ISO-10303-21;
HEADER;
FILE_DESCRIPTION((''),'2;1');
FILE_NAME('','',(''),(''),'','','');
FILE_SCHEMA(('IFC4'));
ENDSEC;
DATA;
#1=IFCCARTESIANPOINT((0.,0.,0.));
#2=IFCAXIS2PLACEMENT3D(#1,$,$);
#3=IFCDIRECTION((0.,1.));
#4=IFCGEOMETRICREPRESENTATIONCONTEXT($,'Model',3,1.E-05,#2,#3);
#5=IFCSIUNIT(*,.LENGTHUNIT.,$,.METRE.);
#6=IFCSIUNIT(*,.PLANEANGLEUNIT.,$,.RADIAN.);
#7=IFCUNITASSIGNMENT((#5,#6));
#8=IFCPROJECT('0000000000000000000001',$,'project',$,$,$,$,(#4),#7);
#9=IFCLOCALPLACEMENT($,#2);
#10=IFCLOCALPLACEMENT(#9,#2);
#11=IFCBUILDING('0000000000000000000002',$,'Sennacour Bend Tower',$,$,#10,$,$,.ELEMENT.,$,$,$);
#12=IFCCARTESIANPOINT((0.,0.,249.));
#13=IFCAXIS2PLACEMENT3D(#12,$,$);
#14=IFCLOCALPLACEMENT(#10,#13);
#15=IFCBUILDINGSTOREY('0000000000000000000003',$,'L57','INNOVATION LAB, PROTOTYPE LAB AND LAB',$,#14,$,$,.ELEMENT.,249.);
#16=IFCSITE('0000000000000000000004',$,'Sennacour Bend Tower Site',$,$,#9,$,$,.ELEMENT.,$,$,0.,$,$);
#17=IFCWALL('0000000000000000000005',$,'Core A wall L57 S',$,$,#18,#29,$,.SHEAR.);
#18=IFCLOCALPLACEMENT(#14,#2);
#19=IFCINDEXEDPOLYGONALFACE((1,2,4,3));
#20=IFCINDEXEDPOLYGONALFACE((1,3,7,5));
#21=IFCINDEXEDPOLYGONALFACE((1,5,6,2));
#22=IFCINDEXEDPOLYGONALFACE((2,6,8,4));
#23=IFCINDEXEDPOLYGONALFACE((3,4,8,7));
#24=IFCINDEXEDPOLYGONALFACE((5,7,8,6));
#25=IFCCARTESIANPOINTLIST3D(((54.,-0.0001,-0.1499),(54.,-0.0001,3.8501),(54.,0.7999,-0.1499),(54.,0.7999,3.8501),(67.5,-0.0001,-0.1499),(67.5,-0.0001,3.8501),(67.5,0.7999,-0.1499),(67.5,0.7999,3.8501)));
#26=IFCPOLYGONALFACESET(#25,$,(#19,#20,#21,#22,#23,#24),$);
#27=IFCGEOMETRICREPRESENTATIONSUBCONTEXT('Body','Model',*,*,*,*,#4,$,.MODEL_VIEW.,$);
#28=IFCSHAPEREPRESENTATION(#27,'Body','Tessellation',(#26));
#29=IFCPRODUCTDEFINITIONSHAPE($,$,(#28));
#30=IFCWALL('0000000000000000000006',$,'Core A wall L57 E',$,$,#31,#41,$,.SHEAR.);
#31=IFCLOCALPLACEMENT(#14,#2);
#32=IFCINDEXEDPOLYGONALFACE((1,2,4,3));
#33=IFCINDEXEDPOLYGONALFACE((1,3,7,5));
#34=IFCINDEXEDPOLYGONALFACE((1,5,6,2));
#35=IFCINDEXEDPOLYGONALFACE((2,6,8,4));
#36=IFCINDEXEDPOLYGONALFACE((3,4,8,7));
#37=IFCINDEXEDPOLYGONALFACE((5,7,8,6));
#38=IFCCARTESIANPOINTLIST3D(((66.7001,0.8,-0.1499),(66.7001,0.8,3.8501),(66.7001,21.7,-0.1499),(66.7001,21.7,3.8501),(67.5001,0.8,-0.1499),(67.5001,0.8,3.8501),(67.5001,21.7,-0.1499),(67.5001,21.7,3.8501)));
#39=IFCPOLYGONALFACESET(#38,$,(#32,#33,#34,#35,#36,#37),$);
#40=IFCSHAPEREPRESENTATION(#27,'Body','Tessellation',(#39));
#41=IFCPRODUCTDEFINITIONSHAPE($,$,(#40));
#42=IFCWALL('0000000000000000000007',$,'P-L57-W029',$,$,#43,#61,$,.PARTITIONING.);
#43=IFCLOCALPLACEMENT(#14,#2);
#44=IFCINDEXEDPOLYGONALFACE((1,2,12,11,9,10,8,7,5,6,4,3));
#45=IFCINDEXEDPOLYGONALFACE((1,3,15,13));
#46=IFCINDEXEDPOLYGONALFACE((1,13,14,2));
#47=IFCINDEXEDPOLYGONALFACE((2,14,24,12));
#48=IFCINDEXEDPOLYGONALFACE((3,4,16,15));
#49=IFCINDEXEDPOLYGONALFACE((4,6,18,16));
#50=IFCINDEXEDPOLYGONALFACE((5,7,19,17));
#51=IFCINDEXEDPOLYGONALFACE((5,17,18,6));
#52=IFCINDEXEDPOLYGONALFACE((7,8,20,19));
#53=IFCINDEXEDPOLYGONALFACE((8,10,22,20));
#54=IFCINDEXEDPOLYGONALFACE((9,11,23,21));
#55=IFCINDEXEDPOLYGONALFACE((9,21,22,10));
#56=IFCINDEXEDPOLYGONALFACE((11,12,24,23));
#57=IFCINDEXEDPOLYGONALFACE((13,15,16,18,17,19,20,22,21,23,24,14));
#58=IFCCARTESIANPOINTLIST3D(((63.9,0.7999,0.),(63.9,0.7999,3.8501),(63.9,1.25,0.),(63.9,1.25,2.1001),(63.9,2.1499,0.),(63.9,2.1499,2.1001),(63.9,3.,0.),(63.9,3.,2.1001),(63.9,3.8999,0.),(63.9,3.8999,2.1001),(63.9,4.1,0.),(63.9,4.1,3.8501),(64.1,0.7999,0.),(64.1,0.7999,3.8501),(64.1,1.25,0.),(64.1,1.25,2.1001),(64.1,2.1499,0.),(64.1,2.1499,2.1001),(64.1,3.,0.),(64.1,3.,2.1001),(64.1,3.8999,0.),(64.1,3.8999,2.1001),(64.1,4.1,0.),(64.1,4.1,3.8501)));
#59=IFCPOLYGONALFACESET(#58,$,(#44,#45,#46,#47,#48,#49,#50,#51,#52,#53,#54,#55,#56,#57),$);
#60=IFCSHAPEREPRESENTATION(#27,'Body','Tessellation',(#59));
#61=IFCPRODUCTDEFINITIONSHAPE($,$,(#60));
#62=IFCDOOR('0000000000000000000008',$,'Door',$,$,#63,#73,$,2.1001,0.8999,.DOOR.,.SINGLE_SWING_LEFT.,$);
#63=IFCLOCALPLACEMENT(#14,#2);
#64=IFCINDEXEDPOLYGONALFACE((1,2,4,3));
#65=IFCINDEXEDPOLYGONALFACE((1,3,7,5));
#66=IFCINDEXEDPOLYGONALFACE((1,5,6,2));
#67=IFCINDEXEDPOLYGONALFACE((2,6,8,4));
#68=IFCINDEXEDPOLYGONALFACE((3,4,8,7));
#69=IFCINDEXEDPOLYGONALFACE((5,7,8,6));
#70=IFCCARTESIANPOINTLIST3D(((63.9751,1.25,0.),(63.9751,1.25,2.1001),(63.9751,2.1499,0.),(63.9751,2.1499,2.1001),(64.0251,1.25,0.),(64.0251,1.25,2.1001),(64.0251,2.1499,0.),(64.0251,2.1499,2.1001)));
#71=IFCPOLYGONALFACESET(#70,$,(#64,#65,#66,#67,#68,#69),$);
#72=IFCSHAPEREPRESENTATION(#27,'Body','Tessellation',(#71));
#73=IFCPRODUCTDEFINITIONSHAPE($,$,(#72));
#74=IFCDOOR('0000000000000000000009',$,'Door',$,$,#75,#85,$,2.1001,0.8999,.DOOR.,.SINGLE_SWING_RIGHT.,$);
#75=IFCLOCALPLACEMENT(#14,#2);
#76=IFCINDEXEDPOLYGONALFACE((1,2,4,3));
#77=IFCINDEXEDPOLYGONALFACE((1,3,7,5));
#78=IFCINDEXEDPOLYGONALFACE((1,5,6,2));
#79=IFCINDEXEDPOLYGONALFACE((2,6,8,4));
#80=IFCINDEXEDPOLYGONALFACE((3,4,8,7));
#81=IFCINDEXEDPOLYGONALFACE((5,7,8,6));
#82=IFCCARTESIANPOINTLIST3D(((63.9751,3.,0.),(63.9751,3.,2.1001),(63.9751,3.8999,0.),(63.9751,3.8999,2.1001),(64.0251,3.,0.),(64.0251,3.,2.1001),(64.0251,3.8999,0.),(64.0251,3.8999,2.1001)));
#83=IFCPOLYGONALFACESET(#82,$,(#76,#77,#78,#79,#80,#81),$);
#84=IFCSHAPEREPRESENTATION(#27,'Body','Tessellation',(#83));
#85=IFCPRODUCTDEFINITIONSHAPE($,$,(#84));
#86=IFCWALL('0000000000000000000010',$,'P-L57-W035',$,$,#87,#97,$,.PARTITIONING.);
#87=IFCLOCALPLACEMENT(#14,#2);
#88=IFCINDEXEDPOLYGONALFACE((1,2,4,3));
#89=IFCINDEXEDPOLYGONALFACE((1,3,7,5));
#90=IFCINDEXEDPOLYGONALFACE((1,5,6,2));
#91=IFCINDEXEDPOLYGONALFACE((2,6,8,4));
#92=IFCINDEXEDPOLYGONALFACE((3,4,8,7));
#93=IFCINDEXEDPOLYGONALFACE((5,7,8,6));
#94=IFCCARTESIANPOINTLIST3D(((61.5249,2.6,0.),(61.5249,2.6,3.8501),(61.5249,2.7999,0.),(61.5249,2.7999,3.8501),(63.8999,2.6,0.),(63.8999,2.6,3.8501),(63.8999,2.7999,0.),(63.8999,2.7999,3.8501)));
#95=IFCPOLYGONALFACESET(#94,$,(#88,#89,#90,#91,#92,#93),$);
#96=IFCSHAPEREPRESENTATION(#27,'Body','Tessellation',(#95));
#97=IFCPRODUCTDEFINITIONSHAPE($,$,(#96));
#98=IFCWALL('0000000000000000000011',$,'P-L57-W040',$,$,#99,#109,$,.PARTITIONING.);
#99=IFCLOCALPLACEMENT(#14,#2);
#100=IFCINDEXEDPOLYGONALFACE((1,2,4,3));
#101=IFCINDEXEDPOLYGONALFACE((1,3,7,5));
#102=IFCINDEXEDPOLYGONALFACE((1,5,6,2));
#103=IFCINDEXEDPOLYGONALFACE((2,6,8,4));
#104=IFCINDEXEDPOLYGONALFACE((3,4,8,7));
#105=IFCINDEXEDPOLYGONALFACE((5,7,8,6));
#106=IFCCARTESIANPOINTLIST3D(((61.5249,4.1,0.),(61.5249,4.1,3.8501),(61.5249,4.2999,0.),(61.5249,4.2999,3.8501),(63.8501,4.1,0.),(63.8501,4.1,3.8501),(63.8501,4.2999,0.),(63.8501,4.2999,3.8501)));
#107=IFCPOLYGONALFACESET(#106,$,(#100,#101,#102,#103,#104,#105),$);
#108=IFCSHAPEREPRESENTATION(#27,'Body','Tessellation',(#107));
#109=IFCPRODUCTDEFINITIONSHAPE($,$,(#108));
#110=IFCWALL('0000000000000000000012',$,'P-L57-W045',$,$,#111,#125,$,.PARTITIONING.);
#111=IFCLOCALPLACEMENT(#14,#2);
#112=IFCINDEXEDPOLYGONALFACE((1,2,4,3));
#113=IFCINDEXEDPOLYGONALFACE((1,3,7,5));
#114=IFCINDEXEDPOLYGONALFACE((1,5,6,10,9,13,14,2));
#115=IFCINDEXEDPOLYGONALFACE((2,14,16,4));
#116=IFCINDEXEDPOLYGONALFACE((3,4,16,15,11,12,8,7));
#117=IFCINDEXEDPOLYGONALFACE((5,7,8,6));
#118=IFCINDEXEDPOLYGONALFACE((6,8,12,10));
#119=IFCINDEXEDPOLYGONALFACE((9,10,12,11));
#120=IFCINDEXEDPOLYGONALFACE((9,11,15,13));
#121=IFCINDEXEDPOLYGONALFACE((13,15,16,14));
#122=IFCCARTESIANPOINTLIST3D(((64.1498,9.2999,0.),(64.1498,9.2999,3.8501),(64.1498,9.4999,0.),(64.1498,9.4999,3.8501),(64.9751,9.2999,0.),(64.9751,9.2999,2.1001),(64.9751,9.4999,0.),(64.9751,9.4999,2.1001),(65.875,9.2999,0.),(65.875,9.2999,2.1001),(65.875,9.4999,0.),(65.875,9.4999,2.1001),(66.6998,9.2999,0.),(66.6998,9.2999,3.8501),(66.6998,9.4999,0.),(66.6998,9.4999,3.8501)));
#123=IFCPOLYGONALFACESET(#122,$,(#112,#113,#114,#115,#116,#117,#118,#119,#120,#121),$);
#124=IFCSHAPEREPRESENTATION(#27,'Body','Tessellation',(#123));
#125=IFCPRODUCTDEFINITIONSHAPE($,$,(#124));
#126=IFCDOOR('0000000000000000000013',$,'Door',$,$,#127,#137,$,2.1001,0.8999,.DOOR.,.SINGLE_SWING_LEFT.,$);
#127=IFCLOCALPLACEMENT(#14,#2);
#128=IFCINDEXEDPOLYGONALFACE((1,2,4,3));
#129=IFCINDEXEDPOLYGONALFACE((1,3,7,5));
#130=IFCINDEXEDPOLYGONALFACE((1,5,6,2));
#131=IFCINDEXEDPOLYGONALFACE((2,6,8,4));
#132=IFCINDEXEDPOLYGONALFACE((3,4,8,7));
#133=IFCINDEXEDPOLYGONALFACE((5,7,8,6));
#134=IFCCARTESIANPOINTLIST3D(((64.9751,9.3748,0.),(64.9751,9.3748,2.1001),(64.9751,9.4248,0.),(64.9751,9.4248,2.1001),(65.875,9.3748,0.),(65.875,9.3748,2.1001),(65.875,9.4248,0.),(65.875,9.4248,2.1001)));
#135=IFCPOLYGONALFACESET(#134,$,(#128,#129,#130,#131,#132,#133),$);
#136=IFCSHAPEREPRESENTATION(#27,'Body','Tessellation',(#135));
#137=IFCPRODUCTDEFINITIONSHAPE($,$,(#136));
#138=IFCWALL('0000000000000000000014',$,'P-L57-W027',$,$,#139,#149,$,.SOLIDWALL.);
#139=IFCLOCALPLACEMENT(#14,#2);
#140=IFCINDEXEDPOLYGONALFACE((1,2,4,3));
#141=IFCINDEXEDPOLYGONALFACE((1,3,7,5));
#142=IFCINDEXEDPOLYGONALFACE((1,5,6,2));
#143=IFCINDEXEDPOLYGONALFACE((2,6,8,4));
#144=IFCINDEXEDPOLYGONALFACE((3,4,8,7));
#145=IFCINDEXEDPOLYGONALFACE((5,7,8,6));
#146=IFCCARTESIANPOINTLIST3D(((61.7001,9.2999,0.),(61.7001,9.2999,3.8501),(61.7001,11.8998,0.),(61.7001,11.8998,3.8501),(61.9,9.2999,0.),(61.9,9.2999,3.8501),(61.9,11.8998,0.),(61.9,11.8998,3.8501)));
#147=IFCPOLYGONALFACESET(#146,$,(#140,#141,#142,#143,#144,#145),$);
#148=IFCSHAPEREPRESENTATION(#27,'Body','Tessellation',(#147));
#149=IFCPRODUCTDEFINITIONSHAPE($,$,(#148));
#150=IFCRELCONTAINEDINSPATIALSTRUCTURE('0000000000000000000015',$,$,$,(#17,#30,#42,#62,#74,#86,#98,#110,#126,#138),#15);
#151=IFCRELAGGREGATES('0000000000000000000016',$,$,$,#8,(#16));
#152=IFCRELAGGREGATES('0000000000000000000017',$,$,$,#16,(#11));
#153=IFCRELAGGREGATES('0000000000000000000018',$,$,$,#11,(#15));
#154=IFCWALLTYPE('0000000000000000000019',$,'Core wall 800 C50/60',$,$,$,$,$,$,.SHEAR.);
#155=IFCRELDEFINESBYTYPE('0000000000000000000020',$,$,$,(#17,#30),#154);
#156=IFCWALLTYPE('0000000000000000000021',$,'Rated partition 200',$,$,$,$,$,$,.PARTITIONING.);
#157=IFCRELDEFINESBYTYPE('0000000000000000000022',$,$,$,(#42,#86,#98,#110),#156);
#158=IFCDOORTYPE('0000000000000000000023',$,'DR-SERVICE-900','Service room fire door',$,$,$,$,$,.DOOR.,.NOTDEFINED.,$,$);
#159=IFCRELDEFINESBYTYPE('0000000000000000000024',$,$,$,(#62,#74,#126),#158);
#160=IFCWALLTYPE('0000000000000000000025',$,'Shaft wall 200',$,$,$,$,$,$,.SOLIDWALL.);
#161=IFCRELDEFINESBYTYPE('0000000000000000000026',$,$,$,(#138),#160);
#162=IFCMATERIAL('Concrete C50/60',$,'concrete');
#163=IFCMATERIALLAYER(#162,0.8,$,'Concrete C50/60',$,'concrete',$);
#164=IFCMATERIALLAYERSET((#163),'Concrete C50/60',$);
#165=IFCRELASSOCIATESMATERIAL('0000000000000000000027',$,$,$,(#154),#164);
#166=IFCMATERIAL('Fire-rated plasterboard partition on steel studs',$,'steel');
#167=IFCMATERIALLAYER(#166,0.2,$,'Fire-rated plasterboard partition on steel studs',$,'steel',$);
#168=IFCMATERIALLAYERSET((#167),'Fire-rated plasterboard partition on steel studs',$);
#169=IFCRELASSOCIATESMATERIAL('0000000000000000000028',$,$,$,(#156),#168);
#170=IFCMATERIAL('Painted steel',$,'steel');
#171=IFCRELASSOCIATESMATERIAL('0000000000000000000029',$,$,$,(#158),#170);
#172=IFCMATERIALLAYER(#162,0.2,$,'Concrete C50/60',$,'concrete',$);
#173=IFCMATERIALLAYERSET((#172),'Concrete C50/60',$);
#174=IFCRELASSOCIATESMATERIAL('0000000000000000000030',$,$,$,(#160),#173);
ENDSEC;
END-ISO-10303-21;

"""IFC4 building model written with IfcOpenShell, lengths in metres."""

from ifc_helpers import new_model, si_unit, direction, frame, frame_2d, origin, place, context, subcontext, project, spatial, rectangle, extrude, material, layer, layer_set, type_object, element, fill, save


model = new_model("IFC4")

# Units and contexts
model_context = context("Model", 3, precision=1e-05, world=origin(), true_north=direction((0.0, 1.0)))
body_context = subcontext(model_context, "Body", "Model", "MODEL_VIEW")
ifc_project = project(units=[si_unit("LENGTHUNIT", "METRE"), si_unit("PLANEANGLEUNIT", "RADIAN")], contexts=[model_context])

# Site, building, storey
site_placement = place(None, origin())
site = spatial("IfcSite", under=ifc_project, at=site_placement, Name="Sennacour Bend Tower Site", CompositionType="ELEMENT", RefElevation=0.0)
building_placement = place(site_placement, origin())
building = spatial("IfcBuilding", under=site, at=building_placement, Name="Sennacour Bend Tower", CompositionType="ELEMENT")
storey_placement = place(building_placement, frame((0.0, 0.0, 249.0)))
storey = spatial("IfcBuildingStorey", under=building, at=storey_placement, Name="L57", Description="INNOVATION LAB, PROTOTYPE LAB AND LAB", CompositionType="ELEMENT", Elevation=249.0)

# Walls
ifc_material_1 = material(Name="Concrete C50/60", Category="concrete")
ifc_layer_1 = layer(ifc_material_1, 0.8, Name="Concrete C50/60", Category="concrete")
ifc_layer_set_1 = layer_set([ifc_layer_1], Name="Concrete C50/60")
wall_type_1 = type_object("IfcWallType", Name="Core wall 800 C50/60", PredefinedType="SHEAR", material=ifc_layer_set_1)
wall_1_placement = place(storey_placement, frame((67.5, 0.3999, -0.1499), z_axis=(0.0, 0.0, 1.0), x_axis=(-1.0, 0.0, 0.0)))
element("IfcWall", 1, at=wall_1_placement, inside=storey, type_object=wall_type_1, Name="Core A wall L57 S", PredefinedType="SHEAR", context=body_context, shape_type="SweptSolid", body=[
    extrude(rectangle(XDim=13.5, YDim=0.8, at=frame_2d((6.75, 0.0))), origin(), (0.0, 0.0, 1.0), 4.0),
])
wall_2_placement = place(storey_placement, frame((67.1001, 0.8, -0.1499), z_axis=(0.0, 0.0, 1.0), x_axis=(0.0, 1.0, 0.0)))
element("IfcWall", 2, at=wall_2_placement, inside=storey, type_object=wall_type_1, Name="Core A wall L57 E", PredefinedType="SHEAR", context=body_context, shape_type="SweptSolid", body=[
    extrude(rectangle(XDim=20.8999, YDim=0.8, at=frame_2d((10.45, 0.0))), origin(), (0.0, 0.0, 1.0), 4.0),
])

# Wall, openings, doors
ifc_material_2 = material(Name="Fire-rated plasterboard partition on steel studs", Category="steel")
ifc_layer_2 = layer(ifc_material_2, 0.2, Name="Fire-rated plasterboard partition on steel studs", Category="steel")
ifc_layer_set_2 = layer_set([ifc_layer_2], Name="Fire-rated plasterboard partition on steel studs")
wall_type_2 = type_object("IfcWallType", Name="Rated partition 200", PredefinedType="PARTITIONING", material=ifc_layer_set_2)
wall_3_placement = place(storey_placement, frame((64.0, 0.8, 0.0), z_axis=(0.0, 0.0, 1.0), x_axis=(0.0, 1.0, 0.0)))
wall_3 = element("IfcWall", 3, at=wall_3_placement, inside=storey, type_object=wall_type_2, Name="P-L57-W029", PredefinedType="PARTITIONING", context=body_context, shape_type="SweptSolid", body=[
    extrude(rectangle(XDim=3.3, YDim=0.2, at=frame_2d((1.6499, 0.0))), origin(), (0.0, 0.0, 1.0), 3.8501),
])
opening_1_placement = place(wall_3_placement, frame((0.45, 0.0, 0.0)))
opening_1 = element("IfcOpeningElement", 4, at=opening_1_placement, cuts=wall_3, PredefinedType="OPENING", context=body_context, shape_type="SweptSolid", body=[
    extrude(rectangle(XDim=0.8999, YDim=2.1001, at=frame_2d((0.45, 1.05))), frame((0.0, 0.1099, 0.0), z_axis=(0.0, -1.0, 0.0), x_axis=(1.0, 0.0, 0.0)), (0.0, 0.0, 1.0), 0.22),
])
opening_2_placement = place(wall_3_placement, frame((2.2, 0.0, 0.0)))
opening_2 = element("IfcOpeningElement", 5, at=opening_2_placement, cuts=wall_3, PredefinedType="OPENING", context=body_context, shape_type="SweptSolid", body=[
    extrude(rectangle(XDim=0.8999, YDim=2.1001, at=frame_2d((0.45, 1.05))), frame((0.0, 0.1099, 0.0), z_axis=(0.0, -1.0, 0.0), x_axis=(1.0, 0.0, 0.0)), (0.0, 0.0, 1.0), 0.22),
])
ifc_material_3 = material(Name="Painted steel", Category="steel")
door_type_1 = type_object("IfcDoorType", Name="DR-SERVICE-900", Description="Service room fire door", OperationType="NOTDEFINED", PredefinedType="DOOR", material=ifc_material_3)
door_1_placement = place(opening_1_placement, origin())
door_1 = element("IfcDoor", 6, at=door_1_placement, inside=storey, type_object=door_type_1, Name="Door", OperationType="SINGLE_SWING_LEFT", OverallHeight=2.1001, OverallWidth=0.8999, PredefinedType="DOOR", context=body_context, shape_type="SweptSolid", body=[
    extrude(rectangle(XDim=0.8999, YDim=2.1001, at=frame_2d((0.45, 1.05))), frame((0.0, 0.0249, 0.0), z_axis=(0.0, -1.0, 0.0), x_axis=(1.0, 0.0, 0.0)), (0.0, 0.0, 1.0), 0.05),
])
fill(opening_1, door_1)
door_2_placement = place(opening_2_placement, origin())
door_2 = element("IfcDoor", 7, at=door_2_placement, inside=storey, type_object=door_type_1, Name="Door", OperationType="SINGLE_SWING_RIGHT", OverallHeight=2.1001, OverallWidth=0.8999, PredefinedType="DOOR", context=body_context, shape_type="SweptSolid", body=[
    extrude(rectangle(XDim=0.8999, YDim=2.1001, at=frame_2d((0.45, 1.05))), frame((0.0, 0.0249, 0.0), z_axis=(0.0, -1.0, 0.0), x_axis=(1.0, 0.0, 0.0)), (0.0, 0.0, 1.0), 0.05),
])
fill(opening_2, door_2)

# Walls
wall_4_placement = place(storey_placement, frame((61.5249, 2.7, 0.0), z_axis=(0.0, 0.0, 1.0), x_axis=(1.0, 0.0, 0.0)))
element("IfcWall", 8, at=wall_4_placement, inside=storey, type_object=wall_type_2, Name="P-L57-W035", PredefinedType="PARTITIONING", context=body_context, shape_type="SweptSolid", body=[
    extrude(rectangle(XDim=2.375, YDim=0.2, at=frame_2d((1.1875, 0.0))), origin(), (0.0, 0.0, 1.0), 3.8501),
])
wall_5_placement = place(storey_placement, frame((61.5249, 4.2, 0.0), z_axis=(0.0, 0.0, 1.0), x_axis=(1.0, 0.0, 0.0)))
element("IfcWall", 9, at=wall_5_placement, inside=storey, type_object=wall_type_2, Name="P-L57-W040", PredefinedType="PARTITIONING", context=body_context, shape_type="SweptSolid", body=[
    extrude(rectangle(XDim=2.3252, YDim=0.2, at=frame_2d((1.1626, 0.0))), origin(), (0.0, 0.0, 1.0), 3.8501),
])

# Wall, opening, door
wall_6_placement = place(storey_placement, frame((64.1499, 9.3999, 0.0), z_axis=(0.0, 0.0, 1.0), x_axis=(1.0, 0.0, 0.0)))
wall_6 = element("IfcWall", 10, at=wall_6_placement, inside=storey, type_object=wall_type_2, Name="P-L57-W045", PredefinedType="PARTITIONING", context=body_context, shape_type="SweptSolid", body=[
    extrude(rectangle(XDim=2.55, YDim=0.2, at=frame_2d((1.2749, 0.0))), origin(), (0.0, 0.0, 1.0), 3.8501),
])
opening_3_placement = place(wall_6_placement, frame((0.8252, 0.0, 0.0)))
opening_3 = element("IfcOpeningElement", 11, at=opening_3_placement, cuts=wall_6, PredefinedType="OPENING", context=body_context, shape_type="SweptSolid", body=[
    extrude(rectangle(XDim=0.8999, YDim=2.1001, at=frame_2d((0.45, 1.05))), frame((0.0, 0.1099, 0.0), z_axis=(0.0, -1.0, 0.0), x_axis=(1.0, 0.0, 0.0)), (0.0, 0.0, 1.0), 0.22),
])
door_3_placement = place(opening_3_placement, origin())
door_3 = element("IfcDoor", 12, at=door_3_placement, inside=storey, type_object=door_type_1, Name="Door", OperationType="SINGLE_SWING_LEFT", OverallHeight=2.1001, OverallWidth=0.8999, PredefinedType="DOOR", context=body_context, shape_type="SweptSolid", body=[
    extrude(rectangle(XDim=0.8999, YDim=2.1001, at=frame_2d((0.45, 1.05))), frame((0.0, 0.0249, 0.0), z_axis=(0.0, -1.0, 0.0), x_axis=(1.0, 0.0, 0.0)), (0.0, 0.0, 1.0), 0.05),
])
fill(opening_3, door_3)

# Wall
ifc_layer_3 = layer(ifc_material_1, 0.2, Name="Concrete C50/60", Category="concrete")
ifc_layer_set_3 = layer_set([ifc_layer_3], Name="Concrete C50/60")
wall_type_3 = type_object("IfcWallType", Name="Shaft wall 200", PredefinedType="SOLIDWALL", material=ifc_layer_set_3)
wall_7_placement = place(storey_placement, frame((61.8, 9.3, 0.0), z_axis=(0.0, 0.0, 1.0), x_axis=(0.0, 1.0, 0.0)))
element("IfcWall", 13, at=wall_7_placement, inside=storey, type_object=wall_type_3, Name="P-L57-W027", PredefinedType="SOLIDWALL", context=body_context, shape_type="SweptSolid", body=[
    extrude(rectangle(XDim=2.5999, YDim=0.2, at=frame_2d((1.2998, 0.0))), origin(), (0.0, 0.0, 1.0), 3.8501),
])

save(model, "model.ifc")
